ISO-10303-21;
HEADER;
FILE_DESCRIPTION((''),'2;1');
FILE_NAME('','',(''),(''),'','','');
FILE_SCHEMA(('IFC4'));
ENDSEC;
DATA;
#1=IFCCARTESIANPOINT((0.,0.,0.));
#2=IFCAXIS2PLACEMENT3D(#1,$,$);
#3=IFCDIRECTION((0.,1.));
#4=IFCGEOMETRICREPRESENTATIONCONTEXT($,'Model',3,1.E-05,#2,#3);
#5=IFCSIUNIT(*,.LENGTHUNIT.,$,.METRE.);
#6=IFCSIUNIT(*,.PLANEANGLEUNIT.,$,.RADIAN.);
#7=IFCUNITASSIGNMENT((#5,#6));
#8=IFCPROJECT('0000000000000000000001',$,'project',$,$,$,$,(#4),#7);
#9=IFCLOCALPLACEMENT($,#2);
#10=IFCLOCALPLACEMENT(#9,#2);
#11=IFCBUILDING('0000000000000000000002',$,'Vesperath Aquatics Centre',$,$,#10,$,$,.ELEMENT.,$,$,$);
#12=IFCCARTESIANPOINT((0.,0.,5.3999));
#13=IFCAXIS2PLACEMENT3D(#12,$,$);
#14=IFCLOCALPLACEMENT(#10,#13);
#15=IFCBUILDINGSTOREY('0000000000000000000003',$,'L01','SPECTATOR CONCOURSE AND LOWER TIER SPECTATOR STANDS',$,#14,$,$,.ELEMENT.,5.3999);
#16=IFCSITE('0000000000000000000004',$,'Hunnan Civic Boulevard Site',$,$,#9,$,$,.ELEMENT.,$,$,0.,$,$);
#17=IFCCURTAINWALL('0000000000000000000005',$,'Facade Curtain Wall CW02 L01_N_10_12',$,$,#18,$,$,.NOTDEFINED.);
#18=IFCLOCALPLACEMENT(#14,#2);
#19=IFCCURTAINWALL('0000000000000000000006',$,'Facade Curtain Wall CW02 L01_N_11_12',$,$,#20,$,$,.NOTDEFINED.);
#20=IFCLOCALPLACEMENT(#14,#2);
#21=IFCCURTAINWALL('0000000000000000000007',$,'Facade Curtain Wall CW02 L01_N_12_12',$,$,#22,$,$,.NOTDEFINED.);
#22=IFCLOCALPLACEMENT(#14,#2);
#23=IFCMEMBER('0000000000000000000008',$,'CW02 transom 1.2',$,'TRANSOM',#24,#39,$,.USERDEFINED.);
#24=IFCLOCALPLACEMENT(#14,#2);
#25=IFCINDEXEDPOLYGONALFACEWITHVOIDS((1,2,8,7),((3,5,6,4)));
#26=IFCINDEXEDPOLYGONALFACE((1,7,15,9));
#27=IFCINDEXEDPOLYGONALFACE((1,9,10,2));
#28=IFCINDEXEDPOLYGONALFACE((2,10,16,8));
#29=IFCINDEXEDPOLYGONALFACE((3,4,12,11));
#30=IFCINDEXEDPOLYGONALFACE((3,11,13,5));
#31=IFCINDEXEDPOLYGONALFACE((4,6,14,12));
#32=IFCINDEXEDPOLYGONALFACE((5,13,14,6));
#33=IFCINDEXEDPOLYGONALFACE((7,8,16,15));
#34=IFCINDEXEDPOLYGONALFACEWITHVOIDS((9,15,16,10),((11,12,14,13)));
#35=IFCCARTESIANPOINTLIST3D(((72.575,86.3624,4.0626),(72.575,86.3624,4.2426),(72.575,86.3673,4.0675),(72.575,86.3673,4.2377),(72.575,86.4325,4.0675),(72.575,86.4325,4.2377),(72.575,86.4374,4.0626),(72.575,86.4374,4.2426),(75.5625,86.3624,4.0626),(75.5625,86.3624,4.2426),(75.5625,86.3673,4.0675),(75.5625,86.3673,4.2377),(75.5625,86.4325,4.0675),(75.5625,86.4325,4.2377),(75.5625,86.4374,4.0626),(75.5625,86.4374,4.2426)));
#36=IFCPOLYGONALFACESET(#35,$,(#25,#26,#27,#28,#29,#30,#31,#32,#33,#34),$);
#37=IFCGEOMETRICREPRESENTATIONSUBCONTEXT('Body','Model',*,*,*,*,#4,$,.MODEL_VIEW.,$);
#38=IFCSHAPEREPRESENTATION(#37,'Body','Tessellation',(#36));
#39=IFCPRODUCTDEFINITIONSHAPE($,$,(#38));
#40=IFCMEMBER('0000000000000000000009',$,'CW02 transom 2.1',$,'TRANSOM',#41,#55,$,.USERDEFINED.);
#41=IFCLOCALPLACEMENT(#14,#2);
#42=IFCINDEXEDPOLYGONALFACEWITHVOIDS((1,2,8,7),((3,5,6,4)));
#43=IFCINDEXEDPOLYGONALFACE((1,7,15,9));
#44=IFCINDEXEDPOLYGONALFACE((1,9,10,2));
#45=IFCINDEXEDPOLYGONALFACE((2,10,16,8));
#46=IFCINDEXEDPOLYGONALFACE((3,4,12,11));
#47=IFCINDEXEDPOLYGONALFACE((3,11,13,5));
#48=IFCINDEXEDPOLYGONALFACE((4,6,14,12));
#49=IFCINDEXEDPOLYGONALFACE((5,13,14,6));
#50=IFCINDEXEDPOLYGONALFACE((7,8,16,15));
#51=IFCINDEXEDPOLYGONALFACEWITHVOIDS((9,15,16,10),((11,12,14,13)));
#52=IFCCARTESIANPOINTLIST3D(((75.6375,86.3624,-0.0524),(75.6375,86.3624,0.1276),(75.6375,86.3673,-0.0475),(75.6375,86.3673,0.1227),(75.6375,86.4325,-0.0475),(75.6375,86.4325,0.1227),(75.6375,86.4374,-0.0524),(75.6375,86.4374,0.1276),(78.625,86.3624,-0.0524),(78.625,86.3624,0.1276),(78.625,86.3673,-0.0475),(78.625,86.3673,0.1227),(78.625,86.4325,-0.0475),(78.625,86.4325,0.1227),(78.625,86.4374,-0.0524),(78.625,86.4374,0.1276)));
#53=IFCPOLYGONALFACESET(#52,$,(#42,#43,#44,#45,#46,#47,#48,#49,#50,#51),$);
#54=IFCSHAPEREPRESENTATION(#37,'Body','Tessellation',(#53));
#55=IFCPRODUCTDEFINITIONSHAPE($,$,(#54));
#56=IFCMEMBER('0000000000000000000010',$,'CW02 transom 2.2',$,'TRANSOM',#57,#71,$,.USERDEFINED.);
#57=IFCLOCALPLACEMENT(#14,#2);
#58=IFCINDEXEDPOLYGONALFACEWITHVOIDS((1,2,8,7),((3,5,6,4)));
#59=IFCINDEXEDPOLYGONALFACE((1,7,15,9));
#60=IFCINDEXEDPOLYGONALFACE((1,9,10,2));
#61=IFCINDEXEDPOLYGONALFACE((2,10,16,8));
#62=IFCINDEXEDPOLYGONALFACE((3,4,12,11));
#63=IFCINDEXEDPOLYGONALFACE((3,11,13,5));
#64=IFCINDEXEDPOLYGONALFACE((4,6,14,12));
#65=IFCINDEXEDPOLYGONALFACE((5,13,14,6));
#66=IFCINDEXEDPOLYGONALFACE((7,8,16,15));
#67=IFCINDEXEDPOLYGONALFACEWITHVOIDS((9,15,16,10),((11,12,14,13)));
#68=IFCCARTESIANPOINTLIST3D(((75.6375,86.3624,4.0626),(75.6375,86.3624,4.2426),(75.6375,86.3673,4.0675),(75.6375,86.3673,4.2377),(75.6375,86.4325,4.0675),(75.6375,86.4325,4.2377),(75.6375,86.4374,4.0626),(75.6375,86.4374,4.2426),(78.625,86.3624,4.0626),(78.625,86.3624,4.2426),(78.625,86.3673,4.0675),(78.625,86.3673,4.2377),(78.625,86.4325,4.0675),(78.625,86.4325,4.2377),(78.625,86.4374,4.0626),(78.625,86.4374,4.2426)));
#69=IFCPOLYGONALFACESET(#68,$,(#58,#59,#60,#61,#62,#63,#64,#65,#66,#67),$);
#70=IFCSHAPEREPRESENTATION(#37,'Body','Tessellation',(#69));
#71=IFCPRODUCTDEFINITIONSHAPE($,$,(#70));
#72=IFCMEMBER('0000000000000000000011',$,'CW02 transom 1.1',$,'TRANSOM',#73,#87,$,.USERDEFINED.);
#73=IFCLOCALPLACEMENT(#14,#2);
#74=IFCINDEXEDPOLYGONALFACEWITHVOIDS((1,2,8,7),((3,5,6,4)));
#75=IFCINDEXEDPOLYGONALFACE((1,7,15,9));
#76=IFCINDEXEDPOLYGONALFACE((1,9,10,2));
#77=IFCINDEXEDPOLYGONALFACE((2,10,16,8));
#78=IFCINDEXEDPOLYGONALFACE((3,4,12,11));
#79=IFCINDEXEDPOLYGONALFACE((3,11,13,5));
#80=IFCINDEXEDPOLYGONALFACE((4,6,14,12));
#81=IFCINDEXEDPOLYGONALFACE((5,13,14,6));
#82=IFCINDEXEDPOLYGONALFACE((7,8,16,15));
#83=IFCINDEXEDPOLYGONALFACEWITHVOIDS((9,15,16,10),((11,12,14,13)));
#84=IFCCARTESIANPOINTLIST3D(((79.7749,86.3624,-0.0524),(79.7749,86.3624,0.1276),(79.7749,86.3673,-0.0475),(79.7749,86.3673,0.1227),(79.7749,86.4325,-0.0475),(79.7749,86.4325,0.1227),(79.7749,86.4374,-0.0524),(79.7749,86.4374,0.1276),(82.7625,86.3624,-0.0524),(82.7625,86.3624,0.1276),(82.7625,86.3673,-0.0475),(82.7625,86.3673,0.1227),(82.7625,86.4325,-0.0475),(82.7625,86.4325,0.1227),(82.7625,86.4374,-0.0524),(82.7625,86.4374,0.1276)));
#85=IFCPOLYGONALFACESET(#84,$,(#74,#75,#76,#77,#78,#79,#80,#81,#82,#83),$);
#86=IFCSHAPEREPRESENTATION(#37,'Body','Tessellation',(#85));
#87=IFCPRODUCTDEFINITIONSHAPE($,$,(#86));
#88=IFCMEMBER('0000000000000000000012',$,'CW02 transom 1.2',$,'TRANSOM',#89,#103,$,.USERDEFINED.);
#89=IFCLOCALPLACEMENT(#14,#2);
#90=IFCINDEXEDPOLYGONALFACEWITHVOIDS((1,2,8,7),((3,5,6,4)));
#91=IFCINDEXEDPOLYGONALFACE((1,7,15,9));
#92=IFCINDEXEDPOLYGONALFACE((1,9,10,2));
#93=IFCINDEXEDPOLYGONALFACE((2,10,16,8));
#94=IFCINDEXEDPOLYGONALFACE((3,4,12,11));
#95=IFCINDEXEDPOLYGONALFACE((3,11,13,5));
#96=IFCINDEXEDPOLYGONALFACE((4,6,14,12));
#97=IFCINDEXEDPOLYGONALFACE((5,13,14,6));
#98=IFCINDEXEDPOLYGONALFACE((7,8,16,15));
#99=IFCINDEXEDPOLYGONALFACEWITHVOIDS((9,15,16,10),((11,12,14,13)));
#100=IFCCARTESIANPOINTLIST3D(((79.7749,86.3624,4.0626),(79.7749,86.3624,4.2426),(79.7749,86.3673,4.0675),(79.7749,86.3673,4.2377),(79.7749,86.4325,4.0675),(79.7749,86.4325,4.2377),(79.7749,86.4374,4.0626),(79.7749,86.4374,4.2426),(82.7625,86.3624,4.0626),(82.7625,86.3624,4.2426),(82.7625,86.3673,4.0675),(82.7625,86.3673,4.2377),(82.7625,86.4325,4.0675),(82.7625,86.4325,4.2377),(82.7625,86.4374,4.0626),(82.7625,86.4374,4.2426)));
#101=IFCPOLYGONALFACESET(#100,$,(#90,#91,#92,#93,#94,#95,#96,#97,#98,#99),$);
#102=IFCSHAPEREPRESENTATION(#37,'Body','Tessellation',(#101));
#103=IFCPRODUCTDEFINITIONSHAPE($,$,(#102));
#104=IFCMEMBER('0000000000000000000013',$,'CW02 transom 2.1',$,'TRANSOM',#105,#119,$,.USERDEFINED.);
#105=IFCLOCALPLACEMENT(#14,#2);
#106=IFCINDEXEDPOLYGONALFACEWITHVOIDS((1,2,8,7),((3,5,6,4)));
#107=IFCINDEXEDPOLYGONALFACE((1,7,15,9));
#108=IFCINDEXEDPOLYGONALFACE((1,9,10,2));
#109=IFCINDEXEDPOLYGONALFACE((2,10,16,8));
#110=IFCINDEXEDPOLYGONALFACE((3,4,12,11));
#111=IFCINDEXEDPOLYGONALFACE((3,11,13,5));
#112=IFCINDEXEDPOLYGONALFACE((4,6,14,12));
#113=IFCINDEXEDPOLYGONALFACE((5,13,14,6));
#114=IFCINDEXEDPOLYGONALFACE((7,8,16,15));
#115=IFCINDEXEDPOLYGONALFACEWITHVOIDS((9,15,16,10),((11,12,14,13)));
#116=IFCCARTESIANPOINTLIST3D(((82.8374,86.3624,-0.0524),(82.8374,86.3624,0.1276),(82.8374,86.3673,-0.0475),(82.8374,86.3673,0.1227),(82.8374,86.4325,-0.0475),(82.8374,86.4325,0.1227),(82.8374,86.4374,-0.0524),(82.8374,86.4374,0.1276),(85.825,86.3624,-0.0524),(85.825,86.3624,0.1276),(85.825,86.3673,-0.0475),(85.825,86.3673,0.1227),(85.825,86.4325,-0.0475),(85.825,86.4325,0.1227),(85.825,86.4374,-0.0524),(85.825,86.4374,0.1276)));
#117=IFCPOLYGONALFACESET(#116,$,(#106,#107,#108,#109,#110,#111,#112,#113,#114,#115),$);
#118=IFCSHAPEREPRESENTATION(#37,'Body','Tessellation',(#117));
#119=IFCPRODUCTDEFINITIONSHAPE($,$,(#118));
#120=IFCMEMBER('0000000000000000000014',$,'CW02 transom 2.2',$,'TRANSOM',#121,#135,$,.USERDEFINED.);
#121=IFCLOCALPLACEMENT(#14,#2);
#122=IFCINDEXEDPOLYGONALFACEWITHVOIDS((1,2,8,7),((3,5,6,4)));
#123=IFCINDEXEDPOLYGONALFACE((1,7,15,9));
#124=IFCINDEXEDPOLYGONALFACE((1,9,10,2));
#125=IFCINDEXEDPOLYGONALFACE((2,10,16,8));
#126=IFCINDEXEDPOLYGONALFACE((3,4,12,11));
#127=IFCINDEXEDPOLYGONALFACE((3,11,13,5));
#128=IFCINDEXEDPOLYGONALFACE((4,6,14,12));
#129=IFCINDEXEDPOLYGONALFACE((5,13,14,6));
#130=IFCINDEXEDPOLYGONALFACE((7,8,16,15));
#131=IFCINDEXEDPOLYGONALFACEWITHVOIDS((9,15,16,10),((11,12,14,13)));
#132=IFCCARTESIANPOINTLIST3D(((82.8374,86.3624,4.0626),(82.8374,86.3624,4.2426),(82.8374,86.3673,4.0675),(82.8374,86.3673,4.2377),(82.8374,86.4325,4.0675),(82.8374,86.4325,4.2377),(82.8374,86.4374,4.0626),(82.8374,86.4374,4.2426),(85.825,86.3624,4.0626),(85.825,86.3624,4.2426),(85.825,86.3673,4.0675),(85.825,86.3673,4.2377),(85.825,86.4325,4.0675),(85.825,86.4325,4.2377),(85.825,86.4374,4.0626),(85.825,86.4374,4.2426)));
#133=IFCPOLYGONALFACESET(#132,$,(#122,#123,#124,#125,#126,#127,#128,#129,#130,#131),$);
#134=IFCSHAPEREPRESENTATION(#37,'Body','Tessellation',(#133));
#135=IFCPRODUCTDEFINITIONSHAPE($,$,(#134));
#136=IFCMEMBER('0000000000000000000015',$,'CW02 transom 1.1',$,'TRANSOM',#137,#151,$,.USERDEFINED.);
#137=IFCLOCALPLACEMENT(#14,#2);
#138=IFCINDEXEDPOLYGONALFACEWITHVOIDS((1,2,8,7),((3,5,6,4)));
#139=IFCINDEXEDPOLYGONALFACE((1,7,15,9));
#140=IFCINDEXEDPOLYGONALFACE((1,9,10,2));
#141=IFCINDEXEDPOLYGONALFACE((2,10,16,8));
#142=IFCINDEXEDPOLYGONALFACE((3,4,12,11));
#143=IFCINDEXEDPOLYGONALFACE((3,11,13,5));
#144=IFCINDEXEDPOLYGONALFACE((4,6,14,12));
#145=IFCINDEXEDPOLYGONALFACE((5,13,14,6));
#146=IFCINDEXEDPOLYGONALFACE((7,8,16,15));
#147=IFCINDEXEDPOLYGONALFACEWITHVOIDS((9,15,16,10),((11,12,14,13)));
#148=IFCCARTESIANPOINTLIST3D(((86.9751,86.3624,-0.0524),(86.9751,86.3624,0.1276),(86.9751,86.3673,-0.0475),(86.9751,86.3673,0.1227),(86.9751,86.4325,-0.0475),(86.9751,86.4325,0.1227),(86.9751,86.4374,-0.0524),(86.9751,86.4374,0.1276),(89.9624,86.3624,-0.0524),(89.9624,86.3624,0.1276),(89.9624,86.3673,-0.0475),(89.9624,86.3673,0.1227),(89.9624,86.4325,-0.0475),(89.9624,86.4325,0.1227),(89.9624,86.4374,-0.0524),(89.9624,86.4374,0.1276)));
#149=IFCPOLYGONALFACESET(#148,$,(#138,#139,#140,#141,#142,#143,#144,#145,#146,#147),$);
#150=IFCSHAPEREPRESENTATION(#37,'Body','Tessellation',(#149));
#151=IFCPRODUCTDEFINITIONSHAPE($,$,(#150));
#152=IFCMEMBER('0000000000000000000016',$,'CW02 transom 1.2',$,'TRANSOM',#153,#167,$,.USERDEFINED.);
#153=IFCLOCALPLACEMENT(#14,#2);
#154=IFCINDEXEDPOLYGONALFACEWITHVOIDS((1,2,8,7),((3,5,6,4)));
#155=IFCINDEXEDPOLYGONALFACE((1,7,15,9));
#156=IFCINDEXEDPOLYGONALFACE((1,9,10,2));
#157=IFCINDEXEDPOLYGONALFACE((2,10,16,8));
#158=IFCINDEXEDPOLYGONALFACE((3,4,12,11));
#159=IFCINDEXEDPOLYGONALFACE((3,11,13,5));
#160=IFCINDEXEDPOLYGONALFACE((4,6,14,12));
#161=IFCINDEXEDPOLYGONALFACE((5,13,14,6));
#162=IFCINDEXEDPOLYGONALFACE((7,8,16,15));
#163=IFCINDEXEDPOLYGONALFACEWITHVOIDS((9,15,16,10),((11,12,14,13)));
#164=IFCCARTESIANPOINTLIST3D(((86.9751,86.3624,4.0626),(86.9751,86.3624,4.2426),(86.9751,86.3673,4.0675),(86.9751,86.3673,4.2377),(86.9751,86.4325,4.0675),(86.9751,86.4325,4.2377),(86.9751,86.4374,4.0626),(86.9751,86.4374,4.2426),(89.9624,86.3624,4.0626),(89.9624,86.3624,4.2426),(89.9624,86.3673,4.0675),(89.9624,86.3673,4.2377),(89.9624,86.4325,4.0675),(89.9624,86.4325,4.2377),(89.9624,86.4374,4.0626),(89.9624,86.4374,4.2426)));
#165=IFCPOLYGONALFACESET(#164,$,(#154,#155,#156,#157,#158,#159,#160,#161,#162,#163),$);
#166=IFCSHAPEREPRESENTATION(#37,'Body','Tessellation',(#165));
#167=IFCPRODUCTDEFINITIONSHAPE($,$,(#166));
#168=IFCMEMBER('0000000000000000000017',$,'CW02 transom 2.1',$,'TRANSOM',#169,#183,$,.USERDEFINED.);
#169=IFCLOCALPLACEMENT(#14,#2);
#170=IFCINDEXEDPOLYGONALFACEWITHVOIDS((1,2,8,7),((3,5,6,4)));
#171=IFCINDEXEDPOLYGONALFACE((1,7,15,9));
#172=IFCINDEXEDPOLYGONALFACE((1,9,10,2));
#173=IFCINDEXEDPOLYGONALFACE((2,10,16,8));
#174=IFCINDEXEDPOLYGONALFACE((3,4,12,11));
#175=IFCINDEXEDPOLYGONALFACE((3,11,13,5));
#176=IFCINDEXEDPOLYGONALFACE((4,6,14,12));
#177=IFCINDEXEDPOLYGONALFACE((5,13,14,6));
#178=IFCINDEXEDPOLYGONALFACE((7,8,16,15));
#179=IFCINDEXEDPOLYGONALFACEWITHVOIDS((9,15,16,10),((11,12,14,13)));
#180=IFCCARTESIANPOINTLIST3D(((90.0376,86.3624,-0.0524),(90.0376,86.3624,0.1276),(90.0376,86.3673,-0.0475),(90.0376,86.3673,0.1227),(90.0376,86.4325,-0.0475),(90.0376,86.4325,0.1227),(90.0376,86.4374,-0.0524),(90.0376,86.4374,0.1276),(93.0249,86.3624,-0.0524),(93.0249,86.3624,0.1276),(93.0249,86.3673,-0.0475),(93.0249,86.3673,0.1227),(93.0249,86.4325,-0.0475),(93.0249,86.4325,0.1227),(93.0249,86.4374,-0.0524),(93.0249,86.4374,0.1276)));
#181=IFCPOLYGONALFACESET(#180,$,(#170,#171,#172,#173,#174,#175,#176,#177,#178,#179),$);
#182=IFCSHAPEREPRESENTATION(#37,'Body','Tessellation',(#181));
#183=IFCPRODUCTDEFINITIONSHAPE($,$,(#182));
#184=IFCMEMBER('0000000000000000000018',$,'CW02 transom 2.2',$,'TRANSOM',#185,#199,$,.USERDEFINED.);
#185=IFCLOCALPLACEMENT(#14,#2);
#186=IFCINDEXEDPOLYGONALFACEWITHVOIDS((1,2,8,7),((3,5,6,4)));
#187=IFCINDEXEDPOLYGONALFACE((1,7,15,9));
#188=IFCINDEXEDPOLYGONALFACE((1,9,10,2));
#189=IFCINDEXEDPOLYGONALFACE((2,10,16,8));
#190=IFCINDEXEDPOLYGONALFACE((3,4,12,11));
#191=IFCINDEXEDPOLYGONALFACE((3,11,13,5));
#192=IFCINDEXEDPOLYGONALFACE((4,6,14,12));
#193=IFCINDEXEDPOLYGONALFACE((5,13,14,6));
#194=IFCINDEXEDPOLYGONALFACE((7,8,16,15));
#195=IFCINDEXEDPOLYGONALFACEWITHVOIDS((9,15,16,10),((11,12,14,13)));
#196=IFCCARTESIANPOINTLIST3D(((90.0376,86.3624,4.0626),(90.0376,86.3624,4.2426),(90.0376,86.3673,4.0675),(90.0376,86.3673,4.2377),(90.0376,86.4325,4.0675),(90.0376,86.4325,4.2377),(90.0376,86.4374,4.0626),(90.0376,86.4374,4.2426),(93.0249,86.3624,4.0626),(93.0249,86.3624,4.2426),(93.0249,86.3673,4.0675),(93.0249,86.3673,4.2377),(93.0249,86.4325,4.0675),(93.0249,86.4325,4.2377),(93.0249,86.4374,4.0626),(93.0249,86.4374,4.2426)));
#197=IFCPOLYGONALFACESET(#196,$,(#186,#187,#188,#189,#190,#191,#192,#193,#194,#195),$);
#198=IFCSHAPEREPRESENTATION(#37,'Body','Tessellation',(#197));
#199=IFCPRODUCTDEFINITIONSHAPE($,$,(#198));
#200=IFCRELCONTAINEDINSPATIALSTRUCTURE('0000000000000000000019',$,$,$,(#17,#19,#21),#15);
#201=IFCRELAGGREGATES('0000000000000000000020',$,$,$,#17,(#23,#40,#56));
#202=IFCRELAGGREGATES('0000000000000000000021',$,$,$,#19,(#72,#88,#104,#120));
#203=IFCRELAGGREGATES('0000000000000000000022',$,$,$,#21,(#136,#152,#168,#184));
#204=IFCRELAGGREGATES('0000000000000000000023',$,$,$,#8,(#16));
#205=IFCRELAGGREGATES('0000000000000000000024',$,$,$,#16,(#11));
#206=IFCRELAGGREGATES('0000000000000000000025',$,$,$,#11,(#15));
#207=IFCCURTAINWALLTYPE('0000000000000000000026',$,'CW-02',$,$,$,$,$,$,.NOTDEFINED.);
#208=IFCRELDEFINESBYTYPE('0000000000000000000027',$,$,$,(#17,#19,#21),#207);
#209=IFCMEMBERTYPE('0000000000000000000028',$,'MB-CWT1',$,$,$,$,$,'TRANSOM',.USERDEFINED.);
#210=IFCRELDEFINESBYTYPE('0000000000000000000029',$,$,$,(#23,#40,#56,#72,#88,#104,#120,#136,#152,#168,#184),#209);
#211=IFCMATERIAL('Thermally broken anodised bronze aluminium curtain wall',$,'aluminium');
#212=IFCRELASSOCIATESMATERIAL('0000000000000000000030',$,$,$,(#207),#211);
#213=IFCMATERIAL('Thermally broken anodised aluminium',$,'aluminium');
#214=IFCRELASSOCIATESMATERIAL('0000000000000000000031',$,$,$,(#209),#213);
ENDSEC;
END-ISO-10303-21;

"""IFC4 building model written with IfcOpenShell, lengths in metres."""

from ifc_helpers import new_model, si_unit, direction, frame, origin, origin_2d, place, context, subcontext, project, spatial, hollow_rectangle, extrude, material, material_profile, profile_set, type_object, element, aggregate, save


model = new_model("IFC4")

# Units and contexts
model_context = context("Model", 3, precision=1e-05, world=origin(), true_north=direction((0.0, 1.0)))
body_context = subcontext(model_context, "Body", "Model", "MODEL_VIEW")
ifc_project = project(units=[si_unit("LENGTHUNIT", "METRE"), si_unit("PLANEANGLEUNIT", "RADIAN")], contexts=[model_context])

# Site, building, storey
site_placement = place(None, origin())
site = spatial("IfcSite", under=ifc_project, at=site_placement, Name="Hunnan Civic Boulevard Site", CompositionType="ELEMENT", RefElevation=0.0)
building_placement = place(site_placement, origin())
building = spatial("IfcBuilding", under=site, at=building_placement, Name="Vesperath Aquatics Centre", CompositionType="ELEMENT")
storey_placement = place(building_placement, frame((0.0, 0.0, 5.3999)))
storey = spatial("IfcBuildingStorey", under=building, at=storey_placement, Name="L01", Description="SPECTATOR CONCOURSE AND LOWER TIER SPECTATOR STANDS", CompositionType="ELEMENT", Elevation=5.3999)

# Curtain walls
ifc_material_1 = material(Name="Thermally broken anodised bronze aluminium curtain wall", Category="aluminium")
curtain_wall_type = type_object("IfcCurtainWallType", Name="CW-02", PredefinedType="NOTDEFINED", material=ifc_material_1)
curtain_wall_1_placement = place(storey_placement, origin())
curtain_wall_1 = element("IfcCurtainWall", 1, at=curtain_wall_1_placement, inside=storey, type_object=curtain_wall_type, Name="Facade Curtain Wall CW02 L01_N_10_12", PredefinedType="NOTDEFINED")
ifc_material_2 = material(Name="Thermally broken anodised aluminium", Category="aluminium")
curtain_wall_2_placement = place(storey_placement, origin())
curtain_wall_2 = element("IfcCurtainWall", 2, at=curtain_wall_2_placement, inside=storey, type_object=curtain_wall_type, Name="Facade Curtain Wall CW02 L01_N_11_12", PredefinedType="NOTDEFINED")
curtain_wall_3_placement = place(storey_placement, origin())
curtain_wall_3 = element("IfcCurtainWall", 3, at=curtain_wall_3_placement, inside=storey, type_object=curtain_wall_type, Name="Facade Curtain Wall CW02 L01_N_12_12", PredefinedType="NOTDEFINED")

# Members
ifc_material_profile_1 = material_profile(ifc_material_2, hollow_rectangle(XDim=0.075, YDim=0.1799, WallThickness=0.0049, at=origin_2d()), Name="CWT 75x180x5")
ifc_profile_set_1 = profile_set([ifc_material_profile_1], Name="Thermally broken anodised aluminium")
member_type_1 = type_object("IfcMemberType", Name="MB-CWT1", ElementType="TRANSOM", PredefinedType="USERDEFINED", material=ifc_profile_set_1)
member_1_placement = place(storey_placement, frame((72.575, 86.3999, 4.1526), z_axis=(1.0, 0.0, 0.0), x_axis=(0.0, 1.0, 0.0)))
member_1 = element("IfcMember", 4, at=member_1_placement, type_object=member_type_1, Name="CW02 transom 1.2", ObjectType="TRANSOM", PredefinedType="USERDEFINED", context=body_context, shape_type="SweptSolid", body=[
    extrude(hollow_rectangle(XDim=0.075, YDim=0.1799, WallThickness=0.0049, at=origin_2d()), origin(), (0.0, 0.0, 1.0), 2.9875),
])
member_2_placement = place(storey_placement, frame((75.6375, 86.3999, 0.0376), z_axis=(1.0, 0.0, 0.0), x_axis=(0.0, 1.0, 0.0)))
member_2 = element("IfcMember", 5, at=member_2_placement, type_object=member_type_1, Name="CW02 transom 2.1", ObjectType="TRANSOM", PredefinedType="USERDEFINED", context=body_context, shape_type="SweptSolid", body=[
    extrude(hollow_rectangle(XDim=0.075, YDim=0.1799, WallThickness=0.0049, at=origin_2d()), origin(), (0.0, 0.0, 1.0), 2.9875),
])
member_3_placement = place(storey_placement, frame((75.6375, 86.3999, 4.1526), z_axis=(1.0, 0.0, 0.0), x_axis=(0.0, 1.0, 0.0)))
member_3 = element("IfcMember", 6, at=member_3_placement, type_object=member_type_1, Name="CW02 transom 2.2", ObjectType="TRANSOM", PredefinedType="USERDEFINED", context=body_context, shape_type="SweptSolid", body=[
    extrude(hollow_rectangle(XDim=0.075, YDim=0.1799, WallThickness=0.0049, at=origin_2d()), origin(), (0.0, 0.0, 1.0), 2.9875),
])
member_4_placement = place(storey_placement, frame((79.7749, 86.3999, 0.0376), z_axis=(1.0, 0.0, 0.0), x_axis=(0.0, 1.0, 0.0)))
member_4 = element("IfcMember", 7, at=member_4_placement, type_object=member_type_1, Name="CW02 transom 1.1", ObjectType="TRANSOM", PredefinedType="USERDEFINED", context=body_context, shape_type="SweptSolid", body=[
    extrude(hollow_rectangle(XDim=0.075, YDim=0.1799, WallThickness=0.0049, at=origin_2d()), origin(), (0.0, 0.0, 1.0), 2.9875),
])
member_5_placement = place(storey_placement, frame((79.7749, 86.3999, 4.1526), z_axis=(1.0, 0.0, 0.0), x_axis=(0.0, 1.0, 0.0)))
member_5 = element("IfcMember", 8, at=member_5_placement, type_object=member_type_1, Name="CW02 transom 1.2", ObjectType="TRANSOM", PredefinedType="USERDEFINED", context=body_context, shape_type="SweptSolid", body=[
    extrude(hollow_rectangle(XDim=0.075, YDim=0.1799, WallThickness=0.0049, at=origin_2d()), origin(), (0.0, 0.0, 1.0), 2.9875),
])
member_6_placement = place(storey_placement, frame((82.8374, 86.3999, 0.0376), z_axis=(1.0, 0.0, 0.0), x_axis=(0.0, 1.0, 0.0)))
member_6 = element("IfcMember", 9, at=member_6_placement, type_object=member_type_1, Name="CW02 transom 2.1", ObjectType="TRANSOM", PredefinedType="USERDEFINED", context=body_context, shape_type="SweptSolid", body=[
    extrude(hollow_rectangle(XDim=0.075, YDim=0.1799, WallThickness=0.0049, at=origin_2d()), origin(), (0.0, 0.0, 1.0), 2.9875),
])
member_7_placement = place(storey_placement, frame((82.8374, 86.3999, 4.1526), z_axis=(1.0, 0.0, 0.0), x_axis=(0.0, 1.0, 0.0)))
member_7 = element("IfcMember", 10, at=member_7_placement, type_object=member_type_1, Name="CW02 transom 2.2", ObjectType="TRANSOM", PredefinedType="USERDEFINED", context=body_context, shape_type="SweptSolid", body=[
    extrude(hollow_rectangle(XDim=0.075, YDim=0.1799, WallThickness=0.0049, at=origin_2d()), origin(), (0.0, 0.0, 1.0), 2.9875),
])
member_8_placement = place(storey_placement, frame((86.9751, 86.3999, 0.0376), z_axis=(1.0, 0.0, 0.0), x_axis=(0.0, 1.0, 0.0)))
member_8 = element("IfcMember", 11, at=member_8_placement, type_object=member_type_1, Name="CW02 transom 1.1", ObjectType="TRANSOM", PredefinedType="USERDEFINED", context=body_context, shape_type="SweptSolid", body=[
    extrude(hollow_rectangle(XDim=0.075, YDim=0.1799, WallThickness=0.0049, at=origin_2d()), origin(), (0.0, 0.0, 1.0), 2.9873),
])
member_9_placement = place(storey_placement, frame((86.9751, 86.3999, 4.1526), z_axis=(1.0, 0.0, 0.0), x_axis=(0.0, 1.0, 0.0)))
member_9 = element("IfcMember", 12, at=member_9_placement, type_object=member_type_1, Name="CW02 transom 1.2", ObjectType="TRANSOM", PredefinedType="USERDEFINED", context=body_context, shape_type="SweptSolid", body=[
    extrude(hollow_rectangle(XDim=0.075, YDim=0.1799, WallThickness=0.0049, at=origin_2d()), origin(), (0.0, 0.0, 1.0), 2.9873),
])
member_10_placement = place(storey_placement, frame((90.0376, 86.3999, 0.0376), z_axis=(1.0, 0.0, 0.0), x_axis=(0.0, 1.0, 0.0)))
member_10 = element("IfcMember", 13, at=member_10_placement, type_object=member_type_1, Name="CW02 transom 2.1", ObjectType="TRANSOM", PredefinedType="USERDEFINED", context=body_context, shape_type="SweptSolid", body=[
    extrude(hollow_rectangle(XDim=0.075, YDim=0.1799, WallThickness=0.0049, at=origin_2d()), origin(), (0.0, 0.0, 1.0), 2.9873),
])
member_11_placement = place(storey_placement, frame((90.0376, 86.3999, 4.1526), z_axis=(1.0, 0.0, 0.0), x_axis=(0.0, 1.0, 0.0)))
member_11 = element("IfcMember", 14, at=member_11_placement, type_object=member_type_1, Name="CW02 transom 2.2", ObjectType="TRANSOM", PredefinedType="USERDEFINED", context=body_context, shape_type="SweptSolid", body=[
    extrude(hollow_rectangle(XDim=0.075, YDim=0.1799, WallThickness=0.0049, at=origin_2d()), origin(), (0.0, 0.0, 1.0), 2.9873),
])

aggregate(curtain_wall_1, [member_1, member_2, member_3])
aggregate(curtain_wall_2, [member_4, member_5, member_6, member_7])
aggregate(curtain_wall_3, [member_8, member_9, member_10, member_11])

save(model, "model.ifc")
